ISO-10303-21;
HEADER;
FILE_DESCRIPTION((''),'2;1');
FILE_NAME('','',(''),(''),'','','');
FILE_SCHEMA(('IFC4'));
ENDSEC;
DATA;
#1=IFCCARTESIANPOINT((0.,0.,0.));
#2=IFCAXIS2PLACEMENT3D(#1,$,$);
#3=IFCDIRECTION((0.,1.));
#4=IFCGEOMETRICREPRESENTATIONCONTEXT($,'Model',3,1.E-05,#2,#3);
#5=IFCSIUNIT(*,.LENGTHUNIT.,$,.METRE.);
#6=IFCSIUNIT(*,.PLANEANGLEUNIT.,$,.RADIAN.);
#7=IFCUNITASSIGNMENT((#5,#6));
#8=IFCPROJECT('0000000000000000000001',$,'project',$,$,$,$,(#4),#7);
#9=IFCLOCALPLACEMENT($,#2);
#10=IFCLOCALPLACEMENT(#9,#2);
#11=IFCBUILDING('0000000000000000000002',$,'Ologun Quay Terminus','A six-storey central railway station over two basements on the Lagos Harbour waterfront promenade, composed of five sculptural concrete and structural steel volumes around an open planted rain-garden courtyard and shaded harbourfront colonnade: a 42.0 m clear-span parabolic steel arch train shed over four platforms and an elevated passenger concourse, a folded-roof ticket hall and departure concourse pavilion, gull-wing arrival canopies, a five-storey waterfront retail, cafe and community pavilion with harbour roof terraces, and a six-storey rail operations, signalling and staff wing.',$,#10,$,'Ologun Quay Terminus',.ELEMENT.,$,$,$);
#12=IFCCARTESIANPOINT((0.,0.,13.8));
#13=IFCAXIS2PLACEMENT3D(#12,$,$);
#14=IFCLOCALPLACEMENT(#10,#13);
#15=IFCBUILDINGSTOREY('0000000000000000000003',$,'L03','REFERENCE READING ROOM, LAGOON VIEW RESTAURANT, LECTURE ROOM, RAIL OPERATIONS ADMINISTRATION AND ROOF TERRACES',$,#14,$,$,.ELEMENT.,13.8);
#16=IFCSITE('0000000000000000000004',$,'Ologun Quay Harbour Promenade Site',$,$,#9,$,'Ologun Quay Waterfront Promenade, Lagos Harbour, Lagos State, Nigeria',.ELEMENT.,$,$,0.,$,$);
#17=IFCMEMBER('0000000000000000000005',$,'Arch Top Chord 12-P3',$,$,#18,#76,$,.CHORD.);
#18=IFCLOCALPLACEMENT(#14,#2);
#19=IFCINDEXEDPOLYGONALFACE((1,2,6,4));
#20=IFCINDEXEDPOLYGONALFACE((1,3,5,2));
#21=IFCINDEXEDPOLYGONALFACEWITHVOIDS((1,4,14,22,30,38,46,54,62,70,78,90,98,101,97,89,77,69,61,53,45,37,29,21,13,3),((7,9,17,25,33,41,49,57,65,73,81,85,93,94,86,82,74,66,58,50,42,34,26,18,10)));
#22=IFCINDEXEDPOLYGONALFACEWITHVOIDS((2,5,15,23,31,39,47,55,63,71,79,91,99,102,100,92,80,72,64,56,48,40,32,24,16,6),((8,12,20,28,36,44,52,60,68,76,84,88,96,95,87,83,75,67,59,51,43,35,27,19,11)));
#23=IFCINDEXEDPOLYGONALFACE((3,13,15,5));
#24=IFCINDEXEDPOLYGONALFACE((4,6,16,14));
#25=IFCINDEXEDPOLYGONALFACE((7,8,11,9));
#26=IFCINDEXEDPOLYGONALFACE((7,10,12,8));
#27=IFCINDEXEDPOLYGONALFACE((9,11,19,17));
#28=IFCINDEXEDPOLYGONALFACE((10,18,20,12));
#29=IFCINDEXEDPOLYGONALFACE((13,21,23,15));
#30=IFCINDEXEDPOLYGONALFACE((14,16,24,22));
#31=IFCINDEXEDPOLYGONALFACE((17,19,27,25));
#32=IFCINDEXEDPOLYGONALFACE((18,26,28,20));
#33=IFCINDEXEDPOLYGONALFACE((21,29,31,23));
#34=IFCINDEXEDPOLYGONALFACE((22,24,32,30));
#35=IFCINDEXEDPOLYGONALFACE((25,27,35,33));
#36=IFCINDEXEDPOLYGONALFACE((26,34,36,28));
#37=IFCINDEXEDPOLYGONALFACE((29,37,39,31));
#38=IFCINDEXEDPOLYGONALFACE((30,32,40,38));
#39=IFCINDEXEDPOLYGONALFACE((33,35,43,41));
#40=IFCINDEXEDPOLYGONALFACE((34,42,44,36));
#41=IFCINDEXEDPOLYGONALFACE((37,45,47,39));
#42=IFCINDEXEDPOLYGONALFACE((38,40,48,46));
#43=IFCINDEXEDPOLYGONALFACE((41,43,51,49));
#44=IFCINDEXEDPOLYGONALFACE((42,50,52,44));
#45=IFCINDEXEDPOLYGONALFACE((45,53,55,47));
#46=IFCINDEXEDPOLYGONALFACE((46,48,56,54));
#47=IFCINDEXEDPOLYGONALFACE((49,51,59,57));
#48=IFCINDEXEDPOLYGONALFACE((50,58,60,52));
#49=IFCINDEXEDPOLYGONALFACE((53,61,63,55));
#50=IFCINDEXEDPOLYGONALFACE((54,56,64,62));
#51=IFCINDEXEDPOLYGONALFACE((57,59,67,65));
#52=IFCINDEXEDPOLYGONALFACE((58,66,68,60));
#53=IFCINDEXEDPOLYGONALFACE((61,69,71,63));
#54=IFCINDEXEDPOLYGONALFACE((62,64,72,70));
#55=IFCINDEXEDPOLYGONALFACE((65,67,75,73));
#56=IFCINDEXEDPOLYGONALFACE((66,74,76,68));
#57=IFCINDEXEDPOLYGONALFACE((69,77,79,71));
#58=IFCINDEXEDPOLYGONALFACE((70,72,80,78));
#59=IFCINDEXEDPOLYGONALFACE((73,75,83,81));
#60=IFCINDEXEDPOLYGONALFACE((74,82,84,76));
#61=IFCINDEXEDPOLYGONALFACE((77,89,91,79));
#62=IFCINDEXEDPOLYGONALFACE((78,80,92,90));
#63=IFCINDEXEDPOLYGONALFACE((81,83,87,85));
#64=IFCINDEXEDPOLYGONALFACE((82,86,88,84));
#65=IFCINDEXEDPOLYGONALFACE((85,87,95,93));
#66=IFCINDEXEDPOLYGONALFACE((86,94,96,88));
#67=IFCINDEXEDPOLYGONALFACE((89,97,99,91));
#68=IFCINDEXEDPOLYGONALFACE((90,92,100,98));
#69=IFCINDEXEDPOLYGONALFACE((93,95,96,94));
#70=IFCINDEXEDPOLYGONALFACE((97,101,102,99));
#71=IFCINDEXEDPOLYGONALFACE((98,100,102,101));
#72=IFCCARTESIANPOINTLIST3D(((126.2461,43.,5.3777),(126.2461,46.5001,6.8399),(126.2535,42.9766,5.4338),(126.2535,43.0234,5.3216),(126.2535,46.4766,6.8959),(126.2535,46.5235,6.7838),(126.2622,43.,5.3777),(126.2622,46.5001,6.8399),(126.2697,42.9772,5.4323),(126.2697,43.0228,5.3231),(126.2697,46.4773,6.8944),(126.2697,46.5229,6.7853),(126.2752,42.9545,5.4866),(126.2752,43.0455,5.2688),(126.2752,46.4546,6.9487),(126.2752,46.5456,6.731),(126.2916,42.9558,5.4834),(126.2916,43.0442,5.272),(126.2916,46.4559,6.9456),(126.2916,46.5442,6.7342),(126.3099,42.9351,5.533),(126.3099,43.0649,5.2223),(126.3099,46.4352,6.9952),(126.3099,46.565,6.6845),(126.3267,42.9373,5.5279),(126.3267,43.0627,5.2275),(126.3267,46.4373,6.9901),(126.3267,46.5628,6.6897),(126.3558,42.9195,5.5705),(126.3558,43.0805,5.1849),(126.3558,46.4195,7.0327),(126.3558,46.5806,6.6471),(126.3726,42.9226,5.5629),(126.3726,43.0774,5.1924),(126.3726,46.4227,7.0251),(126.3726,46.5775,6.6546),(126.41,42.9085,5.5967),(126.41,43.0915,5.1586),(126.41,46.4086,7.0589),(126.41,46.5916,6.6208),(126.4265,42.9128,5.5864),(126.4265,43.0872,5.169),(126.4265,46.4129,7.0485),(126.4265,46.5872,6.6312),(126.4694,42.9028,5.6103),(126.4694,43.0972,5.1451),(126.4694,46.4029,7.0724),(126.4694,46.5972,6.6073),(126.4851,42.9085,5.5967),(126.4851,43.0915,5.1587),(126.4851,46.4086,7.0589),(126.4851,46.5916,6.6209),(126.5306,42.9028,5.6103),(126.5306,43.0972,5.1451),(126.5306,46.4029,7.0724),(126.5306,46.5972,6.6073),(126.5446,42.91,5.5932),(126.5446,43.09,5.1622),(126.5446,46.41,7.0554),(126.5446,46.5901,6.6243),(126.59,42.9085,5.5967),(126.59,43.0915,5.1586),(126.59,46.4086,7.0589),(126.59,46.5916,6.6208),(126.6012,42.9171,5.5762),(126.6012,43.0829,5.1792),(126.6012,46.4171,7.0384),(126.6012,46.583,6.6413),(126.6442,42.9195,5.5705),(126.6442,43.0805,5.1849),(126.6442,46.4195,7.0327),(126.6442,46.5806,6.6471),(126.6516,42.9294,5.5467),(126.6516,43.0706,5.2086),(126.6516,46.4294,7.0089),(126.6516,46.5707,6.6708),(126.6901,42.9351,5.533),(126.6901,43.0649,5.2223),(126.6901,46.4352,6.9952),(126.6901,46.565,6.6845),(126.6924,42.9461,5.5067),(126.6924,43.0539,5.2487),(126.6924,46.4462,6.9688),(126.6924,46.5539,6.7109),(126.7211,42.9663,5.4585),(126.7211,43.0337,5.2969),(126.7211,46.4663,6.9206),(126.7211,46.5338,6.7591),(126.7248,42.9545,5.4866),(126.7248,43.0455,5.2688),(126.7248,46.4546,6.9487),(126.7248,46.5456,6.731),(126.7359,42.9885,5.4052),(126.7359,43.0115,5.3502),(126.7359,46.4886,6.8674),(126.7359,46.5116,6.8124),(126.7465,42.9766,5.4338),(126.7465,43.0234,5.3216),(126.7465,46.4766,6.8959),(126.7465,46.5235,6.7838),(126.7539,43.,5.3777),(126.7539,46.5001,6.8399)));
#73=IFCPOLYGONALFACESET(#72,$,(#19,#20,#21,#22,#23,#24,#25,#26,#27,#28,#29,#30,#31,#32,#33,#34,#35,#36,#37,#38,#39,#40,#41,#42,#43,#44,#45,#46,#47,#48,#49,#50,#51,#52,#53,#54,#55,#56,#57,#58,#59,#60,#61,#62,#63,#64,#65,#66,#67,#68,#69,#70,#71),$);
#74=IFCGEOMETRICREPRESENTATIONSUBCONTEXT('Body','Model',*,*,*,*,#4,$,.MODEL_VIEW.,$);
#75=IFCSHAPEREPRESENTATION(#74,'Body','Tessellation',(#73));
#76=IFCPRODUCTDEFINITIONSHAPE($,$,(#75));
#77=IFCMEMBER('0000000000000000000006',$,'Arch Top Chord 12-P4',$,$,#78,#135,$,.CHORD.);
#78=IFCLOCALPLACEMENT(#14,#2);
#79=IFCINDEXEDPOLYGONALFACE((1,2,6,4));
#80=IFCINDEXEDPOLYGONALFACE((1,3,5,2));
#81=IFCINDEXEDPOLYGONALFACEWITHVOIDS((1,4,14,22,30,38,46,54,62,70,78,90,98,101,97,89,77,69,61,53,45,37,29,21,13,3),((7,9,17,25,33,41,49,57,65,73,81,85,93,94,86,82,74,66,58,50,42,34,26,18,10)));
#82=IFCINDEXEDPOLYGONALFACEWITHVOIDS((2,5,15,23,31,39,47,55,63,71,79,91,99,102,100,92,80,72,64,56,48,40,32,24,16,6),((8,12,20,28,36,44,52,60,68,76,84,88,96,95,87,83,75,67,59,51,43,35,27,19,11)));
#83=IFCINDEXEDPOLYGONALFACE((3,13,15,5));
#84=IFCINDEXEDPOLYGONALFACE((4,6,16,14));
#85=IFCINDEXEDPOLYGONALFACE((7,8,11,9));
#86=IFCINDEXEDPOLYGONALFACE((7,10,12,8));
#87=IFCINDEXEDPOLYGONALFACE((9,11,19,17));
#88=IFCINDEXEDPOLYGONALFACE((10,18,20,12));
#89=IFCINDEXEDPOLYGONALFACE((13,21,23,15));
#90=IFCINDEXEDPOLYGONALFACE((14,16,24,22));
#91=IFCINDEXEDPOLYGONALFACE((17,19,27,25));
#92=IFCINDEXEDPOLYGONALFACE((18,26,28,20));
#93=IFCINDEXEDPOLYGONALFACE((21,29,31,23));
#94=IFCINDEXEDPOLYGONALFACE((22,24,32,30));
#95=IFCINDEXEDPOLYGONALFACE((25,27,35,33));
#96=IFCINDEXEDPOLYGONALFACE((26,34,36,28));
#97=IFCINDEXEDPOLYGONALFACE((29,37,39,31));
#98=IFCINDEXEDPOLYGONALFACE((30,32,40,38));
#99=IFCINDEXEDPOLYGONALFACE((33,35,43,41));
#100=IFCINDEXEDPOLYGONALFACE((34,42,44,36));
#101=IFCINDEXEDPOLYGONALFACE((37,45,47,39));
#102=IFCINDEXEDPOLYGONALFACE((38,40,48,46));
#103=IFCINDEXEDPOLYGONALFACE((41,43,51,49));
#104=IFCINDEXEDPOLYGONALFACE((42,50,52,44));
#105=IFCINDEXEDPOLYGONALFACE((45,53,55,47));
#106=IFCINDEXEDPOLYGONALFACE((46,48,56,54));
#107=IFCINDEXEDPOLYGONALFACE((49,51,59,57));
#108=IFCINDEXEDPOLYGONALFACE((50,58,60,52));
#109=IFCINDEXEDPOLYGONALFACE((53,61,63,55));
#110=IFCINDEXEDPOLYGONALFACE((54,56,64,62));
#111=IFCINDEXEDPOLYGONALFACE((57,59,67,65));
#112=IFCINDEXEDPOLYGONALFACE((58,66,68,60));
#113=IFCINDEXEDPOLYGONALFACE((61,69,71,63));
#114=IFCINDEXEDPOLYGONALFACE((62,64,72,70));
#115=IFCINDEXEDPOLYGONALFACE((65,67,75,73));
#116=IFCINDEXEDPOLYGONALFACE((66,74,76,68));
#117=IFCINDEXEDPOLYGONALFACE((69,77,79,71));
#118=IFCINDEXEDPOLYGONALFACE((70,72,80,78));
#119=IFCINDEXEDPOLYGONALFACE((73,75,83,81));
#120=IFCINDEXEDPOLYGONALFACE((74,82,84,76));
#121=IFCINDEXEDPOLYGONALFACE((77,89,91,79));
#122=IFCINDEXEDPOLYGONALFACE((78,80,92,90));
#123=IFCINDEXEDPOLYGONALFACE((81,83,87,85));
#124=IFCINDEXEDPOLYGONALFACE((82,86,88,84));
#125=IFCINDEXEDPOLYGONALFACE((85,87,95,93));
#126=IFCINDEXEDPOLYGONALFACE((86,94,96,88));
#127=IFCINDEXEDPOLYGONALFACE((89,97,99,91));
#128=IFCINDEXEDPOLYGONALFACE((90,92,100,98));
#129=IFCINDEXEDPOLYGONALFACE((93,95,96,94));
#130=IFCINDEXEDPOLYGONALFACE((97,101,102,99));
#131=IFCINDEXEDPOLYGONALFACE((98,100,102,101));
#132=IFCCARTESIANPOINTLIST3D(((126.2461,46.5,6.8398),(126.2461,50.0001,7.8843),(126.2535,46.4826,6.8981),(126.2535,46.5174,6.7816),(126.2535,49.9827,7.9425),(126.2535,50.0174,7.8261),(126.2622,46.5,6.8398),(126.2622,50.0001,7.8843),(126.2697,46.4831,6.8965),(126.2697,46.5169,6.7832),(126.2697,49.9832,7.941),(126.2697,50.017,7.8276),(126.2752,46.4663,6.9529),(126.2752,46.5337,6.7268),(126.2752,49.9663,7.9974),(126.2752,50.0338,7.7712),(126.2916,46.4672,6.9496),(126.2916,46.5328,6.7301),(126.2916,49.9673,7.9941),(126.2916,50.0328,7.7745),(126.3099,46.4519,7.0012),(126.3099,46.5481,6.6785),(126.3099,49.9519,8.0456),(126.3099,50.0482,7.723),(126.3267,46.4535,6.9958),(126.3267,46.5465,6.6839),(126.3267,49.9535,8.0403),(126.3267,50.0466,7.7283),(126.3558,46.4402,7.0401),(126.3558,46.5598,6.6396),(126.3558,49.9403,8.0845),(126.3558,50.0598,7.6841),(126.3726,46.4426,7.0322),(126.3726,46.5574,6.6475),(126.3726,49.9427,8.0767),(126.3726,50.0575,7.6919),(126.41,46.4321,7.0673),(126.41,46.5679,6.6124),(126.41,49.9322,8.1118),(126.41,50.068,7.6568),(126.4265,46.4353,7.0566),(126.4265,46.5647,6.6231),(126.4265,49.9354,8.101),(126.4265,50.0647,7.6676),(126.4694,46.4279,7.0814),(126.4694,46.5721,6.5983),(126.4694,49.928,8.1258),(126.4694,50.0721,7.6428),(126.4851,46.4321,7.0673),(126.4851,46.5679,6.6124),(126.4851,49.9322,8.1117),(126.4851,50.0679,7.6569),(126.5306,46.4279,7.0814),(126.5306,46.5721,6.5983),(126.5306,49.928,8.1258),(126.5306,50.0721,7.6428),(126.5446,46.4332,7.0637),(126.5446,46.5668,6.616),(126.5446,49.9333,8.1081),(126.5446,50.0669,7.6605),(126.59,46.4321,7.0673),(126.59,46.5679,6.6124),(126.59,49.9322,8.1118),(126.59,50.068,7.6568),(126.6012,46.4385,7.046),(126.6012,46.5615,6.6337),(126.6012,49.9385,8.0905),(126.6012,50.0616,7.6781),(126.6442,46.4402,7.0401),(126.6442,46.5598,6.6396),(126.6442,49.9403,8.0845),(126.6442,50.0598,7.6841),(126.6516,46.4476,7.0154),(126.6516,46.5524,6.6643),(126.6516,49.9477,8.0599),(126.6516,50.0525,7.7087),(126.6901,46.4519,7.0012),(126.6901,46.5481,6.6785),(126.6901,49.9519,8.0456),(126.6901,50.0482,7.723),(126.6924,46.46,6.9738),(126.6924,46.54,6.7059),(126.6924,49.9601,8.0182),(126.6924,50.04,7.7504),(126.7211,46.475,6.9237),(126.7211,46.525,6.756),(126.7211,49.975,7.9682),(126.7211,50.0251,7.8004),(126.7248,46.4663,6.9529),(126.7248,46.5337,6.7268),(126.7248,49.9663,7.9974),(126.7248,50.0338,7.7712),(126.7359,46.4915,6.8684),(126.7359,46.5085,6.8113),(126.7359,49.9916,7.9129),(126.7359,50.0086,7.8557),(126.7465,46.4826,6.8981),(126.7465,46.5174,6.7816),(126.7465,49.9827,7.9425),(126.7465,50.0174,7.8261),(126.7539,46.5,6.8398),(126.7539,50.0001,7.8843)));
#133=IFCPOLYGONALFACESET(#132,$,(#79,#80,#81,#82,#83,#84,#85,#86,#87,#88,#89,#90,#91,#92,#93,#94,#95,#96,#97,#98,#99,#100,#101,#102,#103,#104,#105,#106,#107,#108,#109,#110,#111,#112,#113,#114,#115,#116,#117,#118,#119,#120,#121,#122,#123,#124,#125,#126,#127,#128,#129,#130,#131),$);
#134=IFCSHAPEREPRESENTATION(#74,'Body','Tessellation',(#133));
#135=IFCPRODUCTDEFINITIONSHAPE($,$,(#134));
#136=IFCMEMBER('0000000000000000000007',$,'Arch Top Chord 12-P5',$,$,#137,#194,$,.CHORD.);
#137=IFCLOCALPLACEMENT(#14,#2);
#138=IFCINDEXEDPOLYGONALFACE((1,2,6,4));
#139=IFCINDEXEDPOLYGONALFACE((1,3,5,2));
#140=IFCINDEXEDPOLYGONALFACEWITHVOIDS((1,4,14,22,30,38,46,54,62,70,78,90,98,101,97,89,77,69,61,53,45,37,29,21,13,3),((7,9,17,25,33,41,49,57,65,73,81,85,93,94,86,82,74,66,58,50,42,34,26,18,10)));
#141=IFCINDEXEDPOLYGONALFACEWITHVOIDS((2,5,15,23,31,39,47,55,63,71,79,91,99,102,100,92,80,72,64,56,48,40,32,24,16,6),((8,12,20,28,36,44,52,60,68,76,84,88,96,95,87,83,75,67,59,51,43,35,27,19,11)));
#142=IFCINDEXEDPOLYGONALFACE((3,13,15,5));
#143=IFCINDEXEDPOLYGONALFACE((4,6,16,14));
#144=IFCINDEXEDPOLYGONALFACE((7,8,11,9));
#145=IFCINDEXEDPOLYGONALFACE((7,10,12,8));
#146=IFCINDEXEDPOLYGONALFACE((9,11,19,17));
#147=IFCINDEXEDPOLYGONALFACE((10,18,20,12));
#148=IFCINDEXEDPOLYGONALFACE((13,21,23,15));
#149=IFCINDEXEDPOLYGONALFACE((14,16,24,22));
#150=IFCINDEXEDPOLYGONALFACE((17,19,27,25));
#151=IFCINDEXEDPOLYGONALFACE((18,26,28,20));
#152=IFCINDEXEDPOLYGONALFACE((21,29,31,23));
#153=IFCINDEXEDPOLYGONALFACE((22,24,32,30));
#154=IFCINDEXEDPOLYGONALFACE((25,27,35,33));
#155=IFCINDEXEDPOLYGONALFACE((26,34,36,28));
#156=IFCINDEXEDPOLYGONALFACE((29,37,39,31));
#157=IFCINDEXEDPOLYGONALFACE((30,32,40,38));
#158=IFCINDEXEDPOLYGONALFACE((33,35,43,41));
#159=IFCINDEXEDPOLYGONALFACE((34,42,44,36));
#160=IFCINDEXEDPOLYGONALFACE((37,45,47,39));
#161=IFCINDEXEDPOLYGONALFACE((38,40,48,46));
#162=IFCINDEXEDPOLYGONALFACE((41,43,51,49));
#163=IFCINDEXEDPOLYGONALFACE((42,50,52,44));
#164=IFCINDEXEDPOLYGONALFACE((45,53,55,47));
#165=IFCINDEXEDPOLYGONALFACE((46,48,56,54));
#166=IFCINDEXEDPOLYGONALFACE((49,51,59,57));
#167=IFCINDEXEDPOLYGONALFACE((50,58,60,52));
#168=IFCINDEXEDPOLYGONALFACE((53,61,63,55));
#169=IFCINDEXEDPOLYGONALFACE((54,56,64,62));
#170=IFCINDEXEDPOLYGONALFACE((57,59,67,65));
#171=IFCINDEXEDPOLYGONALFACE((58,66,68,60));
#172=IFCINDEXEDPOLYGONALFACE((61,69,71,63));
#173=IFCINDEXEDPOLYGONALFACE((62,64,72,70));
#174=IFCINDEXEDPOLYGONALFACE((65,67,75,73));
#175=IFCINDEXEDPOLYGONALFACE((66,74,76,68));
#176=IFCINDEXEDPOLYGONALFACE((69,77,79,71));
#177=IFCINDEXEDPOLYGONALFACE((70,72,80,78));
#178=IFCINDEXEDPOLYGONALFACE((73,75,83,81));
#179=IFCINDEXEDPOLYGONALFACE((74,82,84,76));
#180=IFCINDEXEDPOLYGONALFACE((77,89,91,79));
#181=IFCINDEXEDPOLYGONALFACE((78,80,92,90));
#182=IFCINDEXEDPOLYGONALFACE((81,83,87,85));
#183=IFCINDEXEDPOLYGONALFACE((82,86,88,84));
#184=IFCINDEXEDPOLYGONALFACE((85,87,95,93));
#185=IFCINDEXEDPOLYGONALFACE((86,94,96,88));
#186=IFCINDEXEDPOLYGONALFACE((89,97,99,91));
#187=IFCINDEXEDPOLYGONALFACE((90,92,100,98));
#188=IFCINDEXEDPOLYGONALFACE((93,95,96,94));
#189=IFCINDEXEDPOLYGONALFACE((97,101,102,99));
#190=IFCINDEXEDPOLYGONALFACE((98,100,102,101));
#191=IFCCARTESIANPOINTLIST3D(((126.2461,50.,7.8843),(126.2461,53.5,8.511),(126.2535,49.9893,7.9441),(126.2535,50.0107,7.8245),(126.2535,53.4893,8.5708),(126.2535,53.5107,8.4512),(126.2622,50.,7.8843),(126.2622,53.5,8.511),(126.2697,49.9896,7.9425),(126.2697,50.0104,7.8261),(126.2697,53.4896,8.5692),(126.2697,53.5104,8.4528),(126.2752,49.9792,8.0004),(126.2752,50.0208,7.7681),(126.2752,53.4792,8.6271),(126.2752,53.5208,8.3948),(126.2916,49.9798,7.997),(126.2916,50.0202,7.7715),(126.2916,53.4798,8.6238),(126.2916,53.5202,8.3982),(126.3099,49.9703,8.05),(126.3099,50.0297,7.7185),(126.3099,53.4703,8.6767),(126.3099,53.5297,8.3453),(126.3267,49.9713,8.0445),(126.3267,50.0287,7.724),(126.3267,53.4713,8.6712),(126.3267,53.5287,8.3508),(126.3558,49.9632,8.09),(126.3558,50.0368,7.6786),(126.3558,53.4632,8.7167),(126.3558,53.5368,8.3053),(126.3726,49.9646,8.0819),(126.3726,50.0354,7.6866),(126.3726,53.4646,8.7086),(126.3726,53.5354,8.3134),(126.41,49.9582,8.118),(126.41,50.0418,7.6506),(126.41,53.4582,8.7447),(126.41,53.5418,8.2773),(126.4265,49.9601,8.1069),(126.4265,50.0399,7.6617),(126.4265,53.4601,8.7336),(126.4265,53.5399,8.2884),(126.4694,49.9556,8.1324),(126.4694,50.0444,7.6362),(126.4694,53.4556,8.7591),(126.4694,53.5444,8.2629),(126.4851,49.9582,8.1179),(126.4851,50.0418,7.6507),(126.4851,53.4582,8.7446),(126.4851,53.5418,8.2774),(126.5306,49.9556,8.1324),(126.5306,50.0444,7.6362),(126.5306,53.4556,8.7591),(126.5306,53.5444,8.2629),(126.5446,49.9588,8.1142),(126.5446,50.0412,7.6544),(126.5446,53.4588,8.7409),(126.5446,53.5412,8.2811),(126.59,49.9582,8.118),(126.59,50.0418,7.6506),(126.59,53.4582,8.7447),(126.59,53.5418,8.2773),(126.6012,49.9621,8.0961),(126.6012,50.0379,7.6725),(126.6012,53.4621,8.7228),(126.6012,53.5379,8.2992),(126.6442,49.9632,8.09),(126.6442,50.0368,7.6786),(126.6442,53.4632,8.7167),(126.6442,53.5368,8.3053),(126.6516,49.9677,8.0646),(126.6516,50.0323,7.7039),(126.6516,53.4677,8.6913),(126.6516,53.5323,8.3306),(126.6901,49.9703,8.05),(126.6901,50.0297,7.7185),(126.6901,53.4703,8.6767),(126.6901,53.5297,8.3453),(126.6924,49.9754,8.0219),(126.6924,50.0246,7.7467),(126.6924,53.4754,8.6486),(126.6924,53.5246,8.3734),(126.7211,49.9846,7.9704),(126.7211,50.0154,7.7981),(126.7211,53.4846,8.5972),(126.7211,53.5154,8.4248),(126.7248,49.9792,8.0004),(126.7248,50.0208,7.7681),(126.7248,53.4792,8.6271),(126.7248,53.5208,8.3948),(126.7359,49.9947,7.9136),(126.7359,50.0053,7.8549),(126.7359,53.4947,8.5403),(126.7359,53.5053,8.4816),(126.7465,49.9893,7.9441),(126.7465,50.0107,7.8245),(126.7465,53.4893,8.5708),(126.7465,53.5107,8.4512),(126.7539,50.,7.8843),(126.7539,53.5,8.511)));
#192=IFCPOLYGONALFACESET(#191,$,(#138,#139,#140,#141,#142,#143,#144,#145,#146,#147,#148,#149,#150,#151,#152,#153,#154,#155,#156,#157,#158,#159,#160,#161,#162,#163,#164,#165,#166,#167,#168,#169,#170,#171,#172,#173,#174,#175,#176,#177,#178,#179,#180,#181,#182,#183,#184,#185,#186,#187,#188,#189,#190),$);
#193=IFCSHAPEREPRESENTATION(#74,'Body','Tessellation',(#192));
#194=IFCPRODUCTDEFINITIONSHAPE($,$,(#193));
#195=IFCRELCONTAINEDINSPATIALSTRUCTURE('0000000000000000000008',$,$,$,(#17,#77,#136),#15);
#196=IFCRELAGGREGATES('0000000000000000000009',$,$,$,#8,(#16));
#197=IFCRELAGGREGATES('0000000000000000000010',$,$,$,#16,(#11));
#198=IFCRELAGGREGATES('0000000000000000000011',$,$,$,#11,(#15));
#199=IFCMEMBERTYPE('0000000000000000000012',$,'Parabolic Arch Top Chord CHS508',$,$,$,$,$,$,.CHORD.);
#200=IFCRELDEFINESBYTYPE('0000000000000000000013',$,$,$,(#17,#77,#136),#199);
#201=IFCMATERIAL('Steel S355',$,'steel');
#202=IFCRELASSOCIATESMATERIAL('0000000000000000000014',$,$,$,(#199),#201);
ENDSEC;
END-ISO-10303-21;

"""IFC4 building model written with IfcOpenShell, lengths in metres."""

from ifc_helpers import new_model, si_unit, direction, frame, origin, origin_2d, place, context, subcontext, project, spatial, hollow_circle, extrude, material, material_profile, profile_set, type_object, element, save


model = new_model("IFC4")

# Units and contexts
model_context = context("Model", 3, precision=1e-05, world=origin(), true_north=direction((0.0, 1.0)))
body_context = subcontext(model_context, "Body", "Model", "MODEL_VIEW")
ifc_project = project(units=[si_unit("LENGTHUNIT", "METRE"), si_unit("PLANEANGLEUNIT", "RADIAN")], contexts=[model_context])

# Site, building, storey
site_placement = place(None, origin())
site = spatial("IfcSite", under=ifc_project, at=site_placement, Name="Ologun Quay Harbour Promenade Site", LongName="Ologun Quay Waterfront Promenade, Lagos Harbour, Lagos State, Nigeria", CompositionType="ELEMENT", RefElevation=0.0)
building_placement = place(site_placement, origin())
building = spatial("IfcBuilding", under=site, at=building_placement, Name="Ologun Quay Terminus", Description="A six-storey central railway station over two basements on the Lagos Harbour waterfront promenade, composed of five sculptural concrete and structural steel volumes around an open planted rain-garden courtyard and shaded harbourfront colonnade: a 42.0 m clear-span parabolic steel arch train shed over four platforms and an elevated passenger concourse, a folded-roof ticket hall and departure concourse pavilion, gull-wing arrival canopies, a five-storey waterfront retail, cafe and community pavilion with harbour roof terraces, and a six-storey rail operations, signalling and staff wing.", LongName="Ologun Quay Terminus", CompositionType="ELEMENT")
storey_placement = place(building_placement, frame((0.0, 0.0, 13.8)))
storey = spatial("IfcBuildingStorey", under=building, at=storey_placement, Name="L03", Description="REFERENCE READING ROOM, LAGOON VIEW RESTAURANT, LECTURE ROOM, RAIL OPERATIONS ADMINISTRATION AND ROOF TERRACES", CompositionType="ELEMENT", Elevation=13.8)

# Members
ifc_material_1 = material(Name="Steel S355", Category="steel")
ifc_material_profile_1 = material_profile(ifc_material_1, hollow_circle(Radius=0.2539, WallThickness=0.0161, at=origin_2d()), Name="CHS 508x16")
ifc_profile_set_1 = profile_set([ifc_material_profile_1], Name="Steel S355")
member_type_1 = type_object("IfcMemberType", Name="Parabolic Arch Top Chord CHS508", PredefinedType="CHORD", material=ifc_profile_set_1)
member_1_placement = place(storey_placement, frame((126.5, 43.0, 5.3777), z_axis=(0.0, 0.922719, 0.385474), x_axis=(-1.0, 0.0, 0.0)))
element("IfcMember", 1, at=member_1_placement, inside=storey, type_object=member_type_1, Name="Arch Top Chord 12-P3", PredefinedType="CHORD", context=body_context, shape_type="SweptSolid", body=[
    extrude(hollow_circle(Radius=0.2539, WallThickness=0.0161, at=origin_2d()), origin(), (0.0, 0.0, 1.0), 3.7932),
])
member_2_placement = place(storey_placement, frame((126.5, 46.5, 6.8398), z_axis=(0.0, 0.958245, 0.285949), x_axis=(-1.0, 0.0, 0.0)))
element("IfcMember", 2, at=member_2_placement, inside=storey, type_object=member_type_1, Name="Arch Top Chord 12-P4", PredefinedType="CHORD", context=body_context, shape_type="SweptSolid", body=[
    extrude(hollow_circle(Radius=0.2539, WallThickness=0.0161, at=origin_2d()), origin(), (0.0, 0.0, 1.0), 3.6526),
])
member_3_placement = place(storey_placement, frame((126.5, 50.0, 7.8843), z_axis=(0.0, 0.984344, 0.176256), x_axis=(-1.0, 0.0, 0.0)))
element("IfcMember", 3, at=member_3_placement, inside=storey, type_object=member_type_1, Name="Arch Top Chord 12-P5", PredefinedType="CHORD", context=body_context, shape_type="SweptSolid", body=[
    extrude(hollow_circle(Radius=0.2539, WallThickness=0.0161, at=origin_2d()), origin(), (0.0, 0.0, 1.0), 3.5557),
])

save(model, "model.ifc")
